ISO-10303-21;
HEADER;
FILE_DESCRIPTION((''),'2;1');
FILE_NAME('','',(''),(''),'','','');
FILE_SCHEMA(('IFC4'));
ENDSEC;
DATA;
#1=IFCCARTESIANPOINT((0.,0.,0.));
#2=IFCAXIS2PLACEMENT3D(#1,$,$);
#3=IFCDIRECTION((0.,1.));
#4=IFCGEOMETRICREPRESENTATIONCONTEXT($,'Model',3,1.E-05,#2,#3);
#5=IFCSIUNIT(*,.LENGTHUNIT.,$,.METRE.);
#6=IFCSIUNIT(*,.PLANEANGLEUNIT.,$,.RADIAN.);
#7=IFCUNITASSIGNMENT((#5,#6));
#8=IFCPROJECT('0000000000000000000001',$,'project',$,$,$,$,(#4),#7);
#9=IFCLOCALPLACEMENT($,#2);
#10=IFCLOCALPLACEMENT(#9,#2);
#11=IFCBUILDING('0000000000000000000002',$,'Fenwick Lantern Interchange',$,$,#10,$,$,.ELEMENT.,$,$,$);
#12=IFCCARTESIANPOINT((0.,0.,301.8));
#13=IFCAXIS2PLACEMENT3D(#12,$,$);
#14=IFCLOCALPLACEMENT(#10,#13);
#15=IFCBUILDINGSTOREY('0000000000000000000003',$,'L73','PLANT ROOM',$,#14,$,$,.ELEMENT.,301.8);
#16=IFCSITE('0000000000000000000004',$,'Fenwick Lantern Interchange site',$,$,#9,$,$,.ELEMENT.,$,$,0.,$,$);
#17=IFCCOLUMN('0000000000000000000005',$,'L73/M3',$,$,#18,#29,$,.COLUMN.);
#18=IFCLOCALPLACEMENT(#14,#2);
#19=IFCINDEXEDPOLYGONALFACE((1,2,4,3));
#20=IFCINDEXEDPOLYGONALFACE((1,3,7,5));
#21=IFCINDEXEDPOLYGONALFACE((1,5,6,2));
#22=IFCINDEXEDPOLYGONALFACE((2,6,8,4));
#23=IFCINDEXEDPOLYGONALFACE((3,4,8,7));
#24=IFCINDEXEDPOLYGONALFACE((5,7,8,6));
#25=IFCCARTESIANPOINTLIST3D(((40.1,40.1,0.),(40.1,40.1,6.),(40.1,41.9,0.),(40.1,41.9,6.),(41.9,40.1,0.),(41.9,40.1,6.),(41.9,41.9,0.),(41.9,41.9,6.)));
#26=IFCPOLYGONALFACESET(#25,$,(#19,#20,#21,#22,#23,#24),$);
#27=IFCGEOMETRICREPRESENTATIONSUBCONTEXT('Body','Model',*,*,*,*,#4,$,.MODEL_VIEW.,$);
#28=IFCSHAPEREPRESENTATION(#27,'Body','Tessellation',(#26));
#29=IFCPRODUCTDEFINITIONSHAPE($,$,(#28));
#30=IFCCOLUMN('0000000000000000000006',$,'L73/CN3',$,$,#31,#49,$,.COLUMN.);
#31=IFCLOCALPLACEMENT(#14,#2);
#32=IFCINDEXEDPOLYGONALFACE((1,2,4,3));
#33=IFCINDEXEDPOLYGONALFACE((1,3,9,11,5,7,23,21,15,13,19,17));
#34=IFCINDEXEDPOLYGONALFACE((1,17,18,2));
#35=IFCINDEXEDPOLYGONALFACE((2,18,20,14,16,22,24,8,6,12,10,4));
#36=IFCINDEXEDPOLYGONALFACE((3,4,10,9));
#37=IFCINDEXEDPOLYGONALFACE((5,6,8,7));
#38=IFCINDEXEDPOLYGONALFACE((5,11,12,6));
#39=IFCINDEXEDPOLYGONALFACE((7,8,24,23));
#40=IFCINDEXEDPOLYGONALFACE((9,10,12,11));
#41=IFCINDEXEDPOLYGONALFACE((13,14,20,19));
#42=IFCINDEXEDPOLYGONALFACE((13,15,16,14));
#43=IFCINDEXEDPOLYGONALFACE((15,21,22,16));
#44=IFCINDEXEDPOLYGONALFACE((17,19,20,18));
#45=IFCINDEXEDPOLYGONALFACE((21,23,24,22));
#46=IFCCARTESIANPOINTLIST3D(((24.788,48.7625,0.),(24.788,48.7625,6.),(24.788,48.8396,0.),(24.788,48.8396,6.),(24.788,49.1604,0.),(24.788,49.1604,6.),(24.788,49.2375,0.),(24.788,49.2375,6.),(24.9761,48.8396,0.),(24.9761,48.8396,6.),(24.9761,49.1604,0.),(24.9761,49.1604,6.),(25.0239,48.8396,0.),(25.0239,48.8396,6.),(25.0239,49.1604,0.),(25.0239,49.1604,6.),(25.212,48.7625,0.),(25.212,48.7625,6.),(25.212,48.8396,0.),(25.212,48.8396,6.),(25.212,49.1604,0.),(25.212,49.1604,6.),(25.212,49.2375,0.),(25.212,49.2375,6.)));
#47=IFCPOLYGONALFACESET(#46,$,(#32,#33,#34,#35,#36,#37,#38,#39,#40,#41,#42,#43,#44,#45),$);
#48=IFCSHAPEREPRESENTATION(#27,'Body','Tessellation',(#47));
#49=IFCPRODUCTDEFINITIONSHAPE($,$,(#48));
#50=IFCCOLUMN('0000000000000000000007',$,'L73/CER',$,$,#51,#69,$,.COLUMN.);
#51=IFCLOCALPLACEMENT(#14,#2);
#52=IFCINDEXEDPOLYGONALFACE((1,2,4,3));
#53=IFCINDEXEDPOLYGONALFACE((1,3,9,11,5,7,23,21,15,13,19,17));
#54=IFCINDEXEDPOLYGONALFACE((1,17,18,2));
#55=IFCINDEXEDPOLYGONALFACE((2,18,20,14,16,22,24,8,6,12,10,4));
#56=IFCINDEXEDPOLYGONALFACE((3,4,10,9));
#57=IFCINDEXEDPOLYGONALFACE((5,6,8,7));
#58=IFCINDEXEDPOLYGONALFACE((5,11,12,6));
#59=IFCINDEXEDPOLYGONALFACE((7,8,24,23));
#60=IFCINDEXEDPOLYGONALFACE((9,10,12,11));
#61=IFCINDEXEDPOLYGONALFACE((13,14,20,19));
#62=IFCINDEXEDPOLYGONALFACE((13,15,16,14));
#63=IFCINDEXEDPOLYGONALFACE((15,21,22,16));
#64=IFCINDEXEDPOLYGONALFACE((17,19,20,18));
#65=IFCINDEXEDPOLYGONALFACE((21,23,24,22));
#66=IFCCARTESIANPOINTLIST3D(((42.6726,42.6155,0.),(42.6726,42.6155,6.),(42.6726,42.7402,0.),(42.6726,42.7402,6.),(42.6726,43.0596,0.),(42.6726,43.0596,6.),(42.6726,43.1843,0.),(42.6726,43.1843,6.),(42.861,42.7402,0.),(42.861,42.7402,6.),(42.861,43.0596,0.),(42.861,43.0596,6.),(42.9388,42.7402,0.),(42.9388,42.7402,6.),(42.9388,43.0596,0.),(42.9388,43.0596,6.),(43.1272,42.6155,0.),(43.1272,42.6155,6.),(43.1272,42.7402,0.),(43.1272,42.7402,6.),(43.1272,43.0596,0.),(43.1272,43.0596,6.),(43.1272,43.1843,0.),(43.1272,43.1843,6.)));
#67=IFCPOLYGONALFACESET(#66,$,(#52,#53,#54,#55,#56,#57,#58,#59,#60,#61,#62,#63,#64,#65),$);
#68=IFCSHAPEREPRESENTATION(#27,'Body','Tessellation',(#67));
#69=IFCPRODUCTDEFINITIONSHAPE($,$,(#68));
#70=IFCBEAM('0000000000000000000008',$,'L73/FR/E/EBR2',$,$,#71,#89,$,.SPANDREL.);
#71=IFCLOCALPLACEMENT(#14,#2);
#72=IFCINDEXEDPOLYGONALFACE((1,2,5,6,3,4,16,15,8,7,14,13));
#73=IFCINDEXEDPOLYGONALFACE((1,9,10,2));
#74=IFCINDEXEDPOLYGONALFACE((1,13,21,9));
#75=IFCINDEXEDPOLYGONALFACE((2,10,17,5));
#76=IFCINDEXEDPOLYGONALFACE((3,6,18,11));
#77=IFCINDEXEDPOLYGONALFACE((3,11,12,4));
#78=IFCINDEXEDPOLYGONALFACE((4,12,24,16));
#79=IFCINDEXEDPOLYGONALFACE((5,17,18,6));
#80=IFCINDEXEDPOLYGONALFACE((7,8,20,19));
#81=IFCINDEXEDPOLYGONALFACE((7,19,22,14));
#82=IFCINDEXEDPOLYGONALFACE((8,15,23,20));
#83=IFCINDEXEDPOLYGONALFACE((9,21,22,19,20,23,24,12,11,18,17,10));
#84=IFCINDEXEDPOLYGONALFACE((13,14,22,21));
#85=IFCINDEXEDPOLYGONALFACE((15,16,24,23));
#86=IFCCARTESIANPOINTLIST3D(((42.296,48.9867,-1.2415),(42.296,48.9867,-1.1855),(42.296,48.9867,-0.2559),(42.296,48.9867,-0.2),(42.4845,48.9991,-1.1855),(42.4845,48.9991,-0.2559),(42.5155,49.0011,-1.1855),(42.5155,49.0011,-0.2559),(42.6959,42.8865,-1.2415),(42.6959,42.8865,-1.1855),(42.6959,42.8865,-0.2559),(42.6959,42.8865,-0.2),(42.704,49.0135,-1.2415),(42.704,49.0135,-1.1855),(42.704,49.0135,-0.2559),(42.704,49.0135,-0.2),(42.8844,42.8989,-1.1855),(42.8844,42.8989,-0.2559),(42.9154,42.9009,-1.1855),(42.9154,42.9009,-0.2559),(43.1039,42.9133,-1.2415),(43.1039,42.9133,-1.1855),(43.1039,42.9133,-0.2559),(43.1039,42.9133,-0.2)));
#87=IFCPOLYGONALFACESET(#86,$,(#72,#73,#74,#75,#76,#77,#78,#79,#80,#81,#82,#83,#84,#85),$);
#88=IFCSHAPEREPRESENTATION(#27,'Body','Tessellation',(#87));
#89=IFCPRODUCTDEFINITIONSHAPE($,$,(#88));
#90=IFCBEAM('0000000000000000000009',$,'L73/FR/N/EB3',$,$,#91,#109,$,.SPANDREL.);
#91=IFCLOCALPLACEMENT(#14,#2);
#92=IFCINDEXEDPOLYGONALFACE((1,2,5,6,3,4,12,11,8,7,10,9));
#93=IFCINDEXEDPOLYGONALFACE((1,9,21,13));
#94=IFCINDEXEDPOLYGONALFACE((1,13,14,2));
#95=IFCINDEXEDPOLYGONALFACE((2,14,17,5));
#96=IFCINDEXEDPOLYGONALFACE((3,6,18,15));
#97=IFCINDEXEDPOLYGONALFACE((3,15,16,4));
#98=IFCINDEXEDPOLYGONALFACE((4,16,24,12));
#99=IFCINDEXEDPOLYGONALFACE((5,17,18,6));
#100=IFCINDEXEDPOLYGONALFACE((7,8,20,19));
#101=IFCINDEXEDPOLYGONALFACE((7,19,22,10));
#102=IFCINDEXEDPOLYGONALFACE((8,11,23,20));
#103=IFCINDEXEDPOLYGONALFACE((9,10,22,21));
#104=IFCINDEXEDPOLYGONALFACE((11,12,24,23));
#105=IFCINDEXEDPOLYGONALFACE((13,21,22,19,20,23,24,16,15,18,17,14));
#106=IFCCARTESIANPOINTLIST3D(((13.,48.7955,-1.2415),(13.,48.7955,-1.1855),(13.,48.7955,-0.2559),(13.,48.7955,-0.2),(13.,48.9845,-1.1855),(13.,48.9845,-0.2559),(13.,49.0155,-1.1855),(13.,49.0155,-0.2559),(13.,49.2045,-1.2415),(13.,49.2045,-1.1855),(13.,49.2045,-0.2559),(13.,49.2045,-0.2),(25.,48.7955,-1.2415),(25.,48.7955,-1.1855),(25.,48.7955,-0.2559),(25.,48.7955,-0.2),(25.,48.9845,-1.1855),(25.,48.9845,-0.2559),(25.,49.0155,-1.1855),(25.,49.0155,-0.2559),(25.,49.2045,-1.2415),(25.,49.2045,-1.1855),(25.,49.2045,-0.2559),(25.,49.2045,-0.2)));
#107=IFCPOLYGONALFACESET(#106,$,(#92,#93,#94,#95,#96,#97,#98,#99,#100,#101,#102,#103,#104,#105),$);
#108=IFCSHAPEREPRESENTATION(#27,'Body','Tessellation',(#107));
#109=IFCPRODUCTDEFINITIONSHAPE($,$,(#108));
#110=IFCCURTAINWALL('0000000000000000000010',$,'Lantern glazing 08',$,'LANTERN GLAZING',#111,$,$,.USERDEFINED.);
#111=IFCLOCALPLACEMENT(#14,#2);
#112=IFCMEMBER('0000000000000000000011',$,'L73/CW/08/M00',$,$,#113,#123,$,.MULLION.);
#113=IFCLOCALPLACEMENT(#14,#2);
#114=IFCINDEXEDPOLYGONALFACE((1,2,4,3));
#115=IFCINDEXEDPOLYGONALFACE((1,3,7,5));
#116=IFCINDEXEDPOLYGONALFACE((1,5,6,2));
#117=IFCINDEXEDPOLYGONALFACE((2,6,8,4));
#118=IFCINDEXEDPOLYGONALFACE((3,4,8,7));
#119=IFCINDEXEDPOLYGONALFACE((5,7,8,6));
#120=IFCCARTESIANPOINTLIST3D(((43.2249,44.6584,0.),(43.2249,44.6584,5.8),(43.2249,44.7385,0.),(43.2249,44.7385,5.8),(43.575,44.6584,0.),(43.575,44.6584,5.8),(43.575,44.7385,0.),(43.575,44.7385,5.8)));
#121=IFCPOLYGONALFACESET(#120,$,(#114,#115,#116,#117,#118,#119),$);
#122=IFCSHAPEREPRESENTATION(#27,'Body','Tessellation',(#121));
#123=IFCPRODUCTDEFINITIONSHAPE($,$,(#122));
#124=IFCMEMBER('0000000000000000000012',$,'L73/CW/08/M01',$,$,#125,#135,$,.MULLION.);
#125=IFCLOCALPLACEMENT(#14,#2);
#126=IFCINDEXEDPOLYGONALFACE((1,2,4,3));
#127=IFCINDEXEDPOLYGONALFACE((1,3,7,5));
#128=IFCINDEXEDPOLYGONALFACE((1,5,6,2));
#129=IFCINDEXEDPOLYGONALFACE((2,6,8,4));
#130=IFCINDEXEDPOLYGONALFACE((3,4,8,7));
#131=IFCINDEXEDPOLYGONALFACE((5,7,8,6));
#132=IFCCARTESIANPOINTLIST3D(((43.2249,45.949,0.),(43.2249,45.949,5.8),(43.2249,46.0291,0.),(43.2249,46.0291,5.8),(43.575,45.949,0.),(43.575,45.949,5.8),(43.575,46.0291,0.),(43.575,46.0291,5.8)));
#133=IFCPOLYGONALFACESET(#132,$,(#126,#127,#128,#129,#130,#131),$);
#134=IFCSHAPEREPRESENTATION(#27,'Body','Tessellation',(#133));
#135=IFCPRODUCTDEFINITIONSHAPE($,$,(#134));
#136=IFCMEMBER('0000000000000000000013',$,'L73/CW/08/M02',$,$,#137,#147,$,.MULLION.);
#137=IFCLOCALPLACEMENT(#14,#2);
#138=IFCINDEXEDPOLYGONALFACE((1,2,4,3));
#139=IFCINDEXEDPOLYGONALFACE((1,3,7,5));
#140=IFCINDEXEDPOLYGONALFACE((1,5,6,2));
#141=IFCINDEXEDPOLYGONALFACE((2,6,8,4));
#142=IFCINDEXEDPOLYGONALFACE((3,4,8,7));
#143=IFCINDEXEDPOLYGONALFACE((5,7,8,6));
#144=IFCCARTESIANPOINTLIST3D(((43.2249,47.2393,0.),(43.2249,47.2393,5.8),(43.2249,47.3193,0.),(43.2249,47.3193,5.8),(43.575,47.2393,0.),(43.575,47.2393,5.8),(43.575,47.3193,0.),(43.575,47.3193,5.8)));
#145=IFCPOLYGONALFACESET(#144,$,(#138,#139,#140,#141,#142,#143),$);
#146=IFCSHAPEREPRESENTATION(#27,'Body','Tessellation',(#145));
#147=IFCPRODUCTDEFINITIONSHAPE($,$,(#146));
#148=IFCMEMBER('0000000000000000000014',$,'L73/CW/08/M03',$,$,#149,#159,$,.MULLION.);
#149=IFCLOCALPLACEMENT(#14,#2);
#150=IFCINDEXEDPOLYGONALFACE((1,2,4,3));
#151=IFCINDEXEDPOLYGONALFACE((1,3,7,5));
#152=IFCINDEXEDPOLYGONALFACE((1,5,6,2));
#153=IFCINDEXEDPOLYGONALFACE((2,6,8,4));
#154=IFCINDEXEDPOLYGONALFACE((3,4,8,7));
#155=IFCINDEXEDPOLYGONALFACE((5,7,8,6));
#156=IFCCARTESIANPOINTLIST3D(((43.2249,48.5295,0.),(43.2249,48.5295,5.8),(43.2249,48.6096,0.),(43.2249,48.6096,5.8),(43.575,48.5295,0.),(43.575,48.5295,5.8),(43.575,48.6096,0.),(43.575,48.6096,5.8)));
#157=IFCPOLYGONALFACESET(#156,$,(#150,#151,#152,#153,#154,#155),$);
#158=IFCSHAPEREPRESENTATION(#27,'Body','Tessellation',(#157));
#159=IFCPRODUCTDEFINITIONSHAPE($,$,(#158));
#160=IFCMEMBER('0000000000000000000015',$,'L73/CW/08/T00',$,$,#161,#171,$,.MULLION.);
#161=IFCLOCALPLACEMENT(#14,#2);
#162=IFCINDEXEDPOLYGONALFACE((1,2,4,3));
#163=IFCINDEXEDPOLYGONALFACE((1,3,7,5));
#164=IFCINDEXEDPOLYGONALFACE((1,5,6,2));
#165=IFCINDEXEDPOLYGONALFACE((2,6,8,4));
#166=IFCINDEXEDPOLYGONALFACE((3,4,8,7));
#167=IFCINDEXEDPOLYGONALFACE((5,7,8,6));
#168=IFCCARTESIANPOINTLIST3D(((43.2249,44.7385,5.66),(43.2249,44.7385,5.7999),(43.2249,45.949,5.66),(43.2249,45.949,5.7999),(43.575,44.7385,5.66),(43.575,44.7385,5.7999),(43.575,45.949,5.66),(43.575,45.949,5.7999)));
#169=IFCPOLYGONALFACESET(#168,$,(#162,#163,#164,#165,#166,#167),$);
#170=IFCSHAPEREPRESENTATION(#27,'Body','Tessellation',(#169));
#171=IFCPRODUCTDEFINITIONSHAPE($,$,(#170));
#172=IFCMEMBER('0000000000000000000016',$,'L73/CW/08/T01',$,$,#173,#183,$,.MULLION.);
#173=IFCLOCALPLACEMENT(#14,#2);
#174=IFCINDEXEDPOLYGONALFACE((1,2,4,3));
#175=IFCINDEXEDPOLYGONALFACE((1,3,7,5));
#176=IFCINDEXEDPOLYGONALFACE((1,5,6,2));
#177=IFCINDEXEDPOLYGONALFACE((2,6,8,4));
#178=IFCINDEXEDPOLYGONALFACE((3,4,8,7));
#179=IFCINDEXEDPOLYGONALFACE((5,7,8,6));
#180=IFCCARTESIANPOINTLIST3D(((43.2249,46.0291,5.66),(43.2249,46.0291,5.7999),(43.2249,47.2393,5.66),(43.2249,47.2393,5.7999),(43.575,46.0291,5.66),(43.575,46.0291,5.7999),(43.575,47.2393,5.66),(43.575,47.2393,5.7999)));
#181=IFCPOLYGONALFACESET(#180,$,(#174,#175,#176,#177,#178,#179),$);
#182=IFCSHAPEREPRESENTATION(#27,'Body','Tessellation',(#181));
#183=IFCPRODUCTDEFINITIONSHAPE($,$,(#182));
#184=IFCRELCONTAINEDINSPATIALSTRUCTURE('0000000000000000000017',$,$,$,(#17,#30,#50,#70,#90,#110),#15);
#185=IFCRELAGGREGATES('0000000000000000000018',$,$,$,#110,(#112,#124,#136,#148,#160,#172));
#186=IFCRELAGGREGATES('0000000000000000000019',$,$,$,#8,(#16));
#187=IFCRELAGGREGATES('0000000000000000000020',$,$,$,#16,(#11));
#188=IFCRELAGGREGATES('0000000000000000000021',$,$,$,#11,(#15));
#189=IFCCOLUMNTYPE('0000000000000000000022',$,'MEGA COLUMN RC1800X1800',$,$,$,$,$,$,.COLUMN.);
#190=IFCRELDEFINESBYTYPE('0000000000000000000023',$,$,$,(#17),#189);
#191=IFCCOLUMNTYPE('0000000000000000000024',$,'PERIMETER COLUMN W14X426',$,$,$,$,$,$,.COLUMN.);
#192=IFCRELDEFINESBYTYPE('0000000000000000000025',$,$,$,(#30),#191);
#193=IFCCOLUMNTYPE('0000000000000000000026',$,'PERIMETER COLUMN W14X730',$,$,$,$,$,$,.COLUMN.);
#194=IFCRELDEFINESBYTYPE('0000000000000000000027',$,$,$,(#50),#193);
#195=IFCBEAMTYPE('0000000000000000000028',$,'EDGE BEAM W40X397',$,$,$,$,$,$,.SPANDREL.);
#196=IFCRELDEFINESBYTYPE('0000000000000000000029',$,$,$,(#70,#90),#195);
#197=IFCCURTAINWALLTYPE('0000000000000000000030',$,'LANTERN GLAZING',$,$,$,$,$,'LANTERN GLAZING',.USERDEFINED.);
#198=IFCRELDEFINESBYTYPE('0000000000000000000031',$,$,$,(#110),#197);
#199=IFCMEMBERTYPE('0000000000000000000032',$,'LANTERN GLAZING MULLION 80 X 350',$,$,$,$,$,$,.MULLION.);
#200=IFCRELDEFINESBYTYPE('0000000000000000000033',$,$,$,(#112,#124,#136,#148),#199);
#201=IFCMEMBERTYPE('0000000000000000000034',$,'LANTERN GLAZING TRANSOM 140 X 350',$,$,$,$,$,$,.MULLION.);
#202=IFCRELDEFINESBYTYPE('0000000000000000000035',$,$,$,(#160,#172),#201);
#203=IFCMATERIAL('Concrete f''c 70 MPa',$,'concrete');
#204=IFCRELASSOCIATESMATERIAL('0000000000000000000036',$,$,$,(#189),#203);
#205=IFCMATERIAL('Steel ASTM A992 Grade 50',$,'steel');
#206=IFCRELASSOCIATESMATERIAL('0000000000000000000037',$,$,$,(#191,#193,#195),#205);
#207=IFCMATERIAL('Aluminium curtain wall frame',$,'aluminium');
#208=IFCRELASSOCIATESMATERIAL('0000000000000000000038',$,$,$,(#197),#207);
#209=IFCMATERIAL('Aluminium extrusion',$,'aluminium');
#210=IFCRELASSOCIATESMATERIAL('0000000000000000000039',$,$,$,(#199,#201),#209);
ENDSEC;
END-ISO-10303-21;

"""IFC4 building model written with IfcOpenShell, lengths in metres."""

from ifc_helpers import new_model, si_unit, direction, frame, origin, origin_2d, place, context, subcontext, project, spatial, rectangle, i_section, extrude, material, material_profile, profile_set, type_object, element, aggregate, save


model = new_model("IFC4")

# Units and contexts
model_context = context("Model", 3, precision=1e-05, world=origin(), true_north=direction((0.0, 1.0)))
body_context = subcontext(model_context, "Body", "Model", "MODEL_VIEW")
ifc_project = project(units=[si_unit("LENGTHUNIT", "METRE"), si_unit("PLANEANGLEUNIT", "RADIAN")], contexts=[model_context])

# Site, building, storey
site_placement = place(None, origin())
site = spatial("IfcSite", under=ifc_project, at=site_placement, Name="Fenwick Lantern Interchange site", CompositionType="ELEMENT", RefElevation=0.0)
building_placement = place(site_placement, origin())
building = spatial("IfcBuilding", under=site, at=building_placement, Name="Fenwick Lantern Interchange", CompositionType="ELEMENT")
storey_placement = place(building_placement, frame((0.0, 0.0, 301.8)))
storey = spatial("IfcBuildingStorey", under=building, at=storey_placement, Name="L73", Description="PLANT ROOM", CompositionType="ELEMENT", Elevation=301.8)

# Columns
ifc_material_1 = material(Name="Concrete f'c 70 MPa", Category="concrete")
ifc_material_profile_1 = material_profile(ifc_material_1, rectangle(XDim=1.8, YDim=1.8, at=origin_2d()), Name="RC1800X1800")
ifc_profile_set_1 = profile_set([ifc_material_profile_1], Name="Concrete f'c 70 MPa")
column_type_1 = type_object("IfcColumnType", Name="MEGA COLUMN RC1800X1800", PredefinedType="COLUMN", material=ifc_profile_set_1)
column_1_placement = place(storey_placement, frame((41.0, 41.0, 0.0), z_axis=(0.0, 0.0, 1.0), x_axis=(1.0, 0.0, 0.0)))
element("IfcColumn", 1, at=column_1_placement, inside=storey, type_object=column_type_1, Name="L73/M3", PredefinedType="COLUMN", context=body_context, shape_type="SweptSolid", body=[
    extrude(rectangle(XDim=1.8, YDim=1.8, at=origin_2d()), origin(), (0.0, 0.0, 1.0), 6.0),
])
ifc_material_2 = material(Name="Steel ASTM A992 Grade 50", Category="steel")
ifc_material_profile_2 = material_profile(ifc_material_2, i_section(OverallWidth=0.4241, OverallDepth=0.4751, WebThickness=0.0479, FlangeThickness=0.0771, at=origin_2d()), Name="W14X426")
ifc_profile_set_2 = profile_set([ifc_material_profile_2], Name="Steel ASTM A992 Grade 50")
column_type_2 = type_object("IfcColumnType", Name="PERIMETER COLUMN W14X426", PredefinedType="COLUMN", material=ifc_profile_set_2)
column_2_placement = place(storey_placement, frame((25.0, 49.0, 0.0), z_axis=(0.0, 0.0, 1.0), x_axis=(1.0, 0.0, 0.0)))
element("IfcColumn", 2, at=column_2_placement, inside=storey, type_object=column_type_2, Name="L73/CN3", PredefinedType="COLUMN", context=body_context, shape_type="SweptSolid", body=[
    extrude(i_section(OverallWidth=0.4241, OverallDepth=0.4751, WebThickness=0.0479, FlangeThickness=0.0771, at=origin_2d()), origin(), (0.0, 0.0, 1.0), 6.0),
])
ifc_material_profile_3 = material_profile(ifc_material_2, i_section(OverallWidth=0.4546, OverallDepth=0.5688, WebThickness=0.0779, FlangeThickness=0.1248, at=origin_2d()), Name="W14X730")
ifc_profile_set_3 = profile_set([ifc_material_profile_3], Name="Steel ASTM A992 Grade 50")
column_type_3 = type_object("IfcColumnType", Name="PERIMETER COLUMN W14X730", PredefinedType="COLUMN", material=ifc_profile_set_3)
column_3_placement = place(storey_placement, frame((42.8999, 42.8999, 0.0), z_axis=(0.0, 0.0, 1.0), x_axis=(1.0, 0.0, 0.0)))
element("IfcColumn", 3, at=column_3_placement, inside=storey, type_object=column_type_3, Name="L73/CER", PredefinedType="COLUMN", context=body_context, shape_type="SweptSolid", body=[
    extrude(i_section(OverallWidth=0.4546, OverallDepth=0.5688, WebThickness=0.0779, FlangeThickness=0.1248, at=origin_2d()), origin(), (0.0, 0.0, 1.0), 6.0),
])

# Beams
ifc_material_profile_4 = material_profile(ifc_material_2, i_section(OverallWidth=0.4089, OverallDepth=1.0415, WebThickness=0.031, FlangeThickness=0.0559, at=origin_2d()), Name="W40X397")
ifc_profile_set_4 = profile_set([ifc_material_profile_4], Name="Steel ASTM A992 Grade 50")
beam_type_1 = type_object("IfcBeamType", Name="EDGE BEAM W40X397", PredefinedType="SPANDREL", material=ifc_profile_set_4)
beam_1_placement = place(storey_placement, frame((42.8999, 42.8999, -0.7207), z_axis=(-0.065416, 0.997858, 0.0), x_axis=(-0.997858, -0.065416, 0.0)))
element("IfcBeam", 4, at=beam_1_placement, inside=storey, type_object=beam_type_1, Name="L73/FR/E/EBR2", PredefinedType="SPANDREL", context=body_context, shape_type="SweptSolid", body=[
    extrude(i_section(OverallWidth=0.4089, OverallDepth=1.0415, WebThickness=0.031, FlangeThickness=0.0559, at=origin_2d()), origin(), (0.0, 0.0, 1.0), 6.1133),
])
beam_2_placement = place(storey_placement, frame((25.0, 49.0, -0.7207), z_axis=(-1.0, 0.0, 0.0), x_axis=(0.0, -1.0, 0.0)))
element("IfcBeam", 5, at=beam_2_placement, inside=storey, type_object=beam_type_1, Name="L73/FR/N/EB3", PredefinedType="SPANDREL", context=body_context, shape_type="SweptSolid", body=[
    extrude(i_section(OverallWidth=0.4089, OverallDepth=1.0415, WebThickness=0.031, FlangeThickness=0.0559, at=origin_2d()), origin(), (0.0, 0.0, 1.0), 12.0),
])

# Curtain wall, members
ifc_material_3 = material(Name="Aluminium curtain wall frame", Category="aluminium")
curtain_wall_type = type_object("IfcCurtainWallType", Name="LANTERN GLAZING", ElementType="LANTERN GLAZING", PredefinedType="USERDEFINED", material=ifc_material_3)
curtain_wall_placement = place(storey_placement, origin())
curtain_wall = element("IfcCurtainWall", 6, at=curtain_wall_placement, inside=storey, type_object=curtain_wall_type, Name="Lantern glazing 08", ObjectType="LANTERN GLAZING", PredefinedType="USERDEFINED")
ifc_material_4 = material(Name="Aluminium extrusion", Category="aluminium")
ifc_material_profile_5 = material_profile(ifc_material_4, rectangle(XDim=0.3501, YDim=0.0801, at=origin_2d()), Name="LANTERN GLAZING MULLION 80 X 350")
ifc_profile_set_5 = profile_set([ifc_material_profile_5], Name="Aluminium extrusion")
member_type_1 = type_object("IfcMemberType", Name="LANTERN GLAZING MULLION 80 X 350", PredefinedType="MULLION", material=ifc_profile_set_5)
member_1_placement = place(storey_placement, frame((43.3999, 44.6985, 0.0), z_axis=(0.0, 0.0, 1.0), x_axis=(-1.0, 0.0, 0.0)))
member_1 = element("IfcMember", 7, at=member_1_placement, type_object=member_type_1, Name="L73/CW/08/M00", PredefinedType="MULLION", context=body_context, shape_type="SweptSolid", body=[
    extrude(rectangle(XDim=0.3501, YDim=0.0801, at=origin_2d()), origin(), (0.0, 0.0, 1.0), 5.8),
])
member_2_placement = place(storey_placement, frame((43.3999, 45.989, 0.0), z_axis=(0.0, 0.0, 1.0), x_axis=(-1.0, 0.0, 0.0)))
member_2 = element("IfcMember", 8, at=member_2_placement, type_object=member_type_1, Name="L73/CW/08/M01", PredefinedType="MULLION", context=body_context, shape_type="SweptSolid", body=[
    extrude(rectangle(XDim=0.3501, YDim=0.0801, at=origin_2d()), origin(), (0.0, 0.0, 1.0), 5.8),
])
member_3_placement = place(storey_placement, frame((43.3999, 47.2793, 0.0), z_axis=(0.0, 0.0, 1.0), x_axis=(-1.0, 0.0, 0.0)))
member_3 = element("IfcMember", 9, at=member_3_placement, type_object=member_type_1, Name="L73/CW/08/M02", PredefinedType="MULLION", context=body_context, shape_type="SweptSolid", body=[
    extrude(rectangle(XDim=0.3501, YDim=0.0801, at=origin_2d()), origin(), (0.0, 0.0, 1.0), 5.8),
])
member_4_placement = place(storey_placement, frame((43.3999, 48.5696, 0.0), z_axis=(0.0, 0.0, 1.0), x_axis=(-1.0, 0.0, 0.0)))
member_4 = element("IfcMember", 10, at=member_4_placement, type_object=member_type_1, Name="L73/CW/08/M03", PredefinedType="MULLION", context=body_context, shape_type="SweptSolid", body=[
    extrude(rectangle(XDim=0.3501, YDim=0.0801, at=origin_2d()), origin(), (0.0, 0.0, 1.0), 5.8),
])
ifc_material_profile_6 = material_profile(ifc_material_4, rectangle(XDim=0.3501, YDim=0.1399, at=origin_2d()), Name="LANTERN GLAZING TRANSOM 140 X 350")
ifc_profile_set_6 = profile_set([ifc_material_profile_6], Name="Aluminium extrusion")
member_type_2 = type_object("IfcMemberType", Name="LANTERN GLAZING TRANSOM 140 X 350", PredefinedType="MULLION", material=ifc_profile_set_6)
member_5_placement = place(storey_placement, frame((43.3999, 44.7385, 5.73), z_axis=(0.0, 1.0, 0.0), x_axis=(-1.0, 0.0, 0.0)))
member_5 = element("IfcMember", 11, at=member_5_placement, type_object=member_type_2, Name="L73/CW/08/T00", PredefinedType="MULLION", context=body_context, shape_type="SweptSolid", body=[
    extrude(rectangle(XDim=0.3501, YDim=0.1399, at=origin_2d()), origin(), (0.0, 0.0, 1.0), 1.2104),
])
member_6_placement = place(storey_placement, frame((43.3999, 46.0291, 5.73), z_axis=(0.0, 1.0, 0.0), x_axis=(-1.0, 0.0, 0.0)))
member_6 = element("IfcMember", 12, at=member_6_placement, type_object=member_type_2, Name="L73/CW/08/T01", PredefinedType="MULLION", context=body_context, shape_type="SweptSolid", body=[
    extrude(rectangle(XDim=0.3501, YDim=0.1399, at=origin_2d()), origin(), (0.0, 0.0, 1.0), 1.2102),
])

aggregate(curtain_wall, [member_1, member_2, member_3, member_4, member_5, member_6])

save(model, "model.ifc")
